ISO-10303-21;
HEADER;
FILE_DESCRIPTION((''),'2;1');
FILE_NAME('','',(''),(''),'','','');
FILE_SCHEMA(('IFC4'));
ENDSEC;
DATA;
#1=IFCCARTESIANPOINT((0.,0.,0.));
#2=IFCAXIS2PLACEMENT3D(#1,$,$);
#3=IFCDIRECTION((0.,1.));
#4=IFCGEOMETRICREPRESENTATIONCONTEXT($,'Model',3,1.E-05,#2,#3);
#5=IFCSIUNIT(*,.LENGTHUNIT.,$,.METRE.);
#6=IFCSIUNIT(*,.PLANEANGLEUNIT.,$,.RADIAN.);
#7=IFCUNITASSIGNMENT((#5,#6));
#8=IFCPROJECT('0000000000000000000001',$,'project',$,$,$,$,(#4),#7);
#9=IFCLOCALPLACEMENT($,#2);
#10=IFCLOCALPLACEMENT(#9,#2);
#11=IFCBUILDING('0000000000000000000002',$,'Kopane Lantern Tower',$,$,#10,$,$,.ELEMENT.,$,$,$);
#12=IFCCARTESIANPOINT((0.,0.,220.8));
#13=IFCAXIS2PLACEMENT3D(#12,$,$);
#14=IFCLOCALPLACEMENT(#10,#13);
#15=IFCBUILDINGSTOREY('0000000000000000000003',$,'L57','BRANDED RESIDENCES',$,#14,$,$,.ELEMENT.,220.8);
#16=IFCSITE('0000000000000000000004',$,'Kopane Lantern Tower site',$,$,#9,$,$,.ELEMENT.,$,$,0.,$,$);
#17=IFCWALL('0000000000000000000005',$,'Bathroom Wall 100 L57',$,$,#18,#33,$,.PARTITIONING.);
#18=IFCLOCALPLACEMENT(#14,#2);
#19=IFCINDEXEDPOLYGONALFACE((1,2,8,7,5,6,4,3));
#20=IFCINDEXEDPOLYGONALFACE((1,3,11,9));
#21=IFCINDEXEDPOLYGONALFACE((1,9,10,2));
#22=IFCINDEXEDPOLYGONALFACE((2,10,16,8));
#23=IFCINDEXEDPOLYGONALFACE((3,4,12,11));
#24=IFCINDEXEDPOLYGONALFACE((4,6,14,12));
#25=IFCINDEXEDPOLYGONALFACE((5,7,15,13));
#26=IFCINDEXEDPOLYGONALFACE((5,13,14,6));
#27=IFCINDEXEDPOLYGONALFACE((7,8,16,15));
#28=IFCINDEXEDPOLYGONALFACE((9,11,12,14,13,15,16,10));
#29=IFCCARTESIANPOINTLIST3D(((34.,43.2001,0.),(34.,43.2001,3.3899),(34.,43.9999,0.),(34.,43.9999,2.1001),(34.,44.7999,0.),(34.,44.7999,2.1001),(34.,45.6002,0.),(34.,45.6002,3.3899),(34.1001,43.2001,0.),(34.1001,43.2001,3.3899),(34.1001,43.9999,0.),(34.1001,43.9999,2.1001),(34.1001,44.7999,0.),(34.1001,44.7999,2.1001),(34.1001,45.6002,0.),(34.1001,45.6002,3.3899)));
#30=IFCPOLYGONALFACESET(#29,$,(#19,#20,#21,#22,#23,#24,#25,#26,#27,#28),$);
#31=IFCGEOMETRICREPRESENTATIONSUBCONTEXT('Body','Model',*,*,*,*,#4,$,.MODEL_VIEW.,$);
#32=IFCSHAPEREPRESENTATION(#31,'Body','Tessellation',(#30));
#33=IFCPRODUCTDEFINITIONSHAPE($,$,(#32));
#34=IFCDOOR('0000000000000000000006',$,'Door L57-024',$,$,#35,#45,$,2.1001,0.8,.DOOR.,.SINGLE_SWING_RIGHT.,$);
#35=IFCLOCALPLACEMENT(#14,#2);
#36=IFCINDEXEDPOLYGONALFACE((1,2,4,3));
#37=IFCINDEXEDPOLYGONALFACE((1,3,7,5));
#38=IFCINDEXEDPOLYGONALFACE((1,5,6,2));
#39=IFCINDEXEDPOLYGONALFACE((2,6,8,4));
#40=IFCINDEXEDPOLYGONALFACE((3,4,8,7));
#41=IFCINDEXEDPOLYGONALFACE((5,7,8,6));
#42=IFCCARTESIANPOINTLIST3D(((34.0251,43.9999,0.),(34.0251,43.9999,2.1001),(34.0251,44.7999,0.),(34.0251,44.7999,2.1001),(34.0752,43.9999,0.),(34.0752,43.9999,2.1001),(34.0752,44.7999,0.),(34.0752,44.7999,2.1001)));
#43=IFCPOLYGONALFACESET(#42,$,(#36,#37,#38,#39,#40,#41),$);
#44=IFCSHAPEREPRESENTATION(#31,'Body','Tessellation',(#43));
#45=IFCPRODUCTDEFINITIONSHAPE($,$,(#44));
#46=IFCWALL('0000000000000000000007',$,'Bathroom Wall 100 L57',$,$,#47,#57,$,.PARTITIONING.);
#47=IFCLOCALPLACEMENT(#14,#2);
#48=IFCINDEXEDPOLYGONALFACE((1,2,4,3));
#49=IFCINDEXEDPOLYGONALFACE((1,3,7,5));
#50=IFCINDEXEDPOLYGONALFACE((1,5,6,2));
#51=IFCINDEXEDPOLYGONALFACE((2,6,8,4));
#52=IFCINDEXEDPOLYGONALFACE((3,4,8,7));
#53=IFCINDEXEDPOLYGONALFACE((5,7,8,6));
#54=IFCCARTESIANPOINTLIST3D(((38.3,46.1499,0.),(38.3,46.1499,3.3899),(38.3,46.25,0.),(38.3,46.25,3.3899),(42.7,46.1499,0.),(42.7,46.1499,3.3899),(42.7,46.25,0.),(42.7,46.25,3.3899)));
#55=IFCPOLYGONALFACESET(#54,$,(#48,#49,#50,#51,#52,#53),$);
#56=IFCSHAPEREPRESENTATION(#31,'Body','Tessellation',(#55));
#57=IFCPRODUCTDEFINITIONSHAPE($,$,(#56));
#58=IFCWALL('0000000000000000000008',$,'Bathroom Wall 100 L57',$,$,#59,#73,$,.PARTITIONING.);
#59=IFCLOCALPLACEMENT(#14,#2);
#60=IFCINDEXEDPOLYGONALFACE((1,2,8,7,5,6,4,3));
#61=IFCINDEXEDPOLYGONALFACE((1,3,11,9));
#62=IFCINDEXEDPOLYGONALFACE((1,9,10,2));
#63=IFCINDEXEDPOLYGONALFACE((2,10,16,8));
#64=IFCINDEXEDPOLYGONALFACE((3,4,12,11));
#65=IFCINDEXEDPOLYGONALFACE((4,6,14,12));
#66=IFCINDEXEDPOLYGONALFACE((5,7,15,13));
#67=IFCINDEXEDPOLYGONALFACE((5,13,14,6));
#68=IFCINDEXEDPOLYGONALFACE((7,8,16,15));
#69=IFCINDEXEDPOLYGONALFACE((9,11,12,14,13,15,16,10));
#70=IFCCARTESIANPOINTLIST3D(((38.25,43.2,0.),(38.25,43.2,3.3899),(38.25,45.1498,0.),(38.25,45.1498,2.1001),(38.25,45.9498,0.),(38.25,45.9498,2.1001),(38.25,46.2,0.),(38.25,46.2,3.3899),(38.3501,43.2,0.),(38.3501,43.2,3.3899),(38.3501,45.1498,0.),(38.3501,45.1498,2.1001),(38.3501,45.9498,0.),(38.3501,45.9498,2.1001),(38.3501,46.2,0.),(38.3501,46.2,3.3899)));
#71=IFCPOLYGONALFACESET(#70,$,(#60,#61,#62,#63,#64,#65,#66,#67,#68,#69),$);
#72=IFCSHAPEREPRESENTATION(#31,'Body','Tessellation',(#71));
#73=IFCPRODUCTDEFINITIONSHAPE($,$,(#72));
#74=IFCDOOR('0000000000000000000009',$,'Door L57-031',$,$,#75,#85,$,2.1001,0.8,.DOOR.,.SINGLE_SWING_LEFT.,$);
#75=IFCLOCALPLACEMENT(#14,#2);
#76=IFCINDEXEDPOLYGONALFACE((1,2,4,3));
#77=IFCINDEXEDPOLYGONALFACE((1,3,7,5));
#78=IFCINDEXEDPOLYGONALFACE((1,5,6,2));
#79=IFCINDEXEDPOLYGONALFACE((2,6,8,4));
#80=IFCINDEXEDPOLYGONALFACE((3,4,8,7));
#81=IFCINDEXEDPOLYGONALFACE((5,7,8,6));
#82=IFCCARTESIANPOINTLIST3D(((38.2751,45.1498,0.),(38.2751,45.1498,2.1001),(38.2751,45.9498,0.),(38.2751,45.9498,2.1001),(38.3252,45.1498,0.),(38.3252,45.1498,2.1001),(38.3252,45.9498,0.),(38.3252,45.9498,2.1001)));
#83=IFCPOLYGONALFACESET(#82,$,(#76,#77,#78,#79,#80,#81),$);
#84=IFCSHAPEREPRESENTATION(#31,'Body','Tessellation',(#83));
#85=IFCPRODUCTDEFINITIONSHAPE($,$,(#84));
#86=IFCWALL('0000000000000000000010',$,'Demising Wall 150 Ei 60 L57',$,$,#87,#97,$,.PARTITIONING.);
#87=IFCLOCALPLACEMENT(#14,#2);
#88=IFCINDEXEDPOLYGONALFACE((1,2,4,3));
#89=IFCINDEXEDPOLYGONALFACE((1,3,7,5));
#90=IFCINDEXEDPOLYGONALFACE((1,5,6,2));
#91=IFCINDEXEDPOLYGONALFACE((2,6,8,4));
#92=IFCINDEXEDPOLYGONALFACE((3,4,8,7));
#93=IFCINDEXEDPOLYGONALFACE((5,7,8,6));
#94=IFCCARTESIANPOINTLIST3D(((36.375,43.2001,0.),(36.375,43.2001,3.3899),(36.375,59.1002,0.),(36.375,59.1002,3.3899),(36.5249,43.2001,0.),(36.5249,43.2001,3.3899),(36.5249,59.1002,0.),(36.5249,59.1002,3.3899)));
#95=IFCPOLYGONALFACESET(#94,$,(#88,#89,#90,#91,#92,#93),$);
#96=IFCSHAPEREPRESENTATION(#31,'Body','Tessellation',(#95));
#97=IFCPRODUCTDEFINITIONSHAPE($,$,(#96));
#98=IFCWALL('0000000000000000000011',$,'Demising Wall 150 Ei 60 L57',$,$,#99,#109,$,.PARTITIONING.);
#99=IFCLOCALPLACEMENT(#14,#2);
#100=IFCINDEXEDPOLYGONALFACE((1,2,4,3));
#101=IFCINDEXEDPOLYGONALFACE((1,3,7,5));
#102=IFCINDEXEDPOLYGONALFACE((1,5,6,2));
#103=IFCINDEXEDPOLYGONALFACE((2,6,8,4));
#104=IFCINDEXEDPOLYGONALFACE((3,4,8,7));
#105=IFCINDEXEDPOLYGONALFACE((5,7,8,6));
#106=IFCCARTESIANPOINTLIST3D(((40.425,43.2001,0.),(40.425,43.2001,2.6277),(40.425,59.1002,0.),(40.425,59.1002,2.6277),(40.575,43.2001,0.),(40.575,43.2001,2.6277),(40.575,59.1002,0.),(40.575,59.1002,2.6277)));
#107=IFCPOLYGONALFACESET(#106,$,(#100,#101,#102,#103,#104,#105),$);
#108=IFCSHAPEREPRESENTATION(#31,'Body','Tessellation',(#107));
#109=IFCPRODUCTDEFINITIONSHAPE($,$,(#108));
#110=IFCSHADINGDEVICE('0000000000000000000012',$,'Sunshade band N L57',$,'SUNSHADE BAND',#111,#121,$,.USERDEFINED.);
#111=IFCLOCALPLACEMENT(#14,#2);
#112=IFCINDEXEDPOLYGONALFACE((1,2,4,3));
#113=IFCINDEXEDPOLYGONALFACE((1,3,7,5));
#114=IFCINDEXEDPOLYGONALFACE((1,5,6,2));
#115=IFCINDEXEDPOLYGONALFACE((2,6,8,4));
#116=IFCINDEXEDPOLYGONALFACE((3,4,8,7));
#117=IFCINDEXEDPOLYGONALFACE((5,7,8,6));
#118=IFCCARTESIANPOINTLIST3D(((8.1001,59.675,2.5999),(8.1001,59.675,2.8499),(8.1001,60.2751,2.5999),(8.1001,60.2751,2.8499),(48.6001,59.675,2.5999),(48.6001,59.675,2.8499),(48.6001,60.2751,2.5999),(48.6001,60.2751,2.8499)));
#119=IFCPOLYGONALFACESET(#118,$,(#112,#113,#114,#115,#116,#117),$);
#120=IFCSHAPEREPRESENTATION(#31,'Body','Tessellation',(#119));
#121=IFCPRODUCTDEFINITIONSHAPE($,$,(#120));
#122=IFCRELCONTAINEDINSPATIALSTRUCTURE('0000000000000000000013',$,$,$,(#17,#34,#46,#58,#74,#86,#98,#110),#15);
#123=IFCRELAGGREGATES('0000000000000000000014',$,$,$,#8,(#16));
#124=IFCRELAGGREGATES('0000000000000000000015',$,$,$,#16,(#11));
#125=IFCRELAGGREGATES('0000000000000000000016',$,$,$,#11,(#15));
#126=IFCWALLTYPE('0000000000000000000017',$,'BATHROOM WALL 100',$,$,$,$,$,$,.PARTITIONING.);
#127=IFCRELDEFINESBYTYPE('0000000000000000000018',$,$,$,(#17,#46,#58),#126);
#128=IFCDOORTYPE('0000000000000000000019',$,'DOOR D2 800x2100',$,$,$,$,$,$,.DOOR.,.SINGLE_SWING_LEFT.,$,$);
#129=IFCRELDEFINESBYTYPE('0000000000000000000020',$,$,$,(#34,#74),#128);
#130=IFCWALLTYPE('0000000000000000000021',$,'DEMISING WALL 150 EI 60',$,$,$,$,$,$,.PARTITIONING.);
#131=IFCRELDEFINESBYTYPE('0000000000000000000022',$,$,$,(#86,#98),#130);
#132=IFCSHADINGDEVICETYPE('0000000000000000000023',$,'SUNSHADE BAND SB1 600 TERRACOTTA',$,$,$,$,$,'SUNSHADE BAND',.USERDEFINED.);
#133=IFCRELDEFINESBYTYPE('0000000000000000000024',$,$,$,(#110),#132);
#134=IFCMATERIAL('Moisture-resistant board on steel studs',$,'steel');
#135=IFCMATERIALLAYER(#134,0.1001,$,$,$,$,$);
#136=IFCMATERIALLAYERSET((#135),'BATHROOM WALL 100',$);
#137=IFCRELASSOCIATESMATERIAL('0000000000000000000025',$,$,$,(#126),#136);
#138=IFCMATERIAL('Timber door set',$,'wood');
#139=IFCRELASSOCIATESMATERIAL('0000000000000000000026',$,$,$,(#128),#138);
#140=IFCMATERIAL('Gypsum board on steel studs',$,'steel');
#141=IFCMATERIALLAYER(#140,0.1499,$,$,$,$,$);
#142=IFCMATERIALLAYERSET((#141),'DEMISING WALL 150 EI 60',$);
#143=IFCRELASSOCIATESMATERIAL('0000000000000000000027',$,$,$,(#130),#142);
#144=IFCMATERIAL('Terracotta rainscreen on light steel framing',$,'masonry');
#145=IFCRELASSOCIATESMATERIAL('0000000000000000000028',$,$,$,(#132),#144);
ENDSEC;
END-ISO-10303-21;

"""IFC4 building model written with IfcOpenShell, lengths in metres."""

from ifc_helpers import new_model, si_unit, direction, frame, frame_2d, origin, origin_2d, place, context, subcontext, project, spatial, rectangle, extrude, material, layer, layer_set, type_object, element, fill, save


model = new_model("IFC4")

# Units and contexts
model_context = context("Model", 3, precision=1e-05, world=origin(), true_north=direction((0.0, 1.0)))
body_context = subcontext(model_context, "Body", "Model", "MODEL_VIEW")
ifc_project = project(units=[si_unit("LENGTHUNIT", "METRE"), si_unit("PLANEANGLEUNIT", "RADIAN")], contexts=[model_context])

# Site, building, storey
site_placement = place(None, origin())
site = spatial("IfcSite", under=ifc_project, at=site_placement, Name="Kopane Lantern Tower site", CompositionType="ELEMENT", RefElevation=0.0)
building_placement = place(site_placement, origin())
building = spatial("IfcBuilding", under=site, at=building_placement, Name="Kopane Lantern Tower", CompositionType="ELEMENT")
storey_placement = place(building_placement, frame((0.0, 0.0, 220.8)))
storey = spatial("IfcBuildingStorey", under=building, at=storey_placement, Name="L57", Description="BRANDED RESIDENCES", CompositionType="ELEMENT", Elevation=220.8)

# Wall, opening, door
ifc_material_1 = material(Name="Moisture-resistant board on steel studs", Category="steel")
ifc_layer_1 = layer(ifc_material_1, 0.1001)
ifc_layer_set_1 = layer_set([ifc_layer_1], Name="BATHROOM WALL 100")
wall_type_1 = type_object("IfcWallType", Name="BATHROOM WALL 100", PredefinedType="PARTITIONING", material=ifc_layer_set_1)
wall_1_placement = place(storey_placement, frame((34.05, 43.2, 0.0), z_axis=(0.0, 0.0, 1.0), x_axis=(0.0, 1.0, 0.0)))
wall_1 = element("IfcWall", 1, at=wall_1_placement, inside=storey, type_object=wall_type_1, Name="Bathroom Wall 100 L57", PredefinedType="PARTITIONING", context=body_context, shape_type="SweptSolid", body=[
    extrude(rectangle(XDim=2.4001, YDim=0.1001, at=frame_2d((1.2002, 0.0))), origin(), (0.0, 0.0, 1.0), 3.3899),
])
opening_1_placement = place(wall_1_placement, frame((0.8, 0.0, 0.0)))
opening_1 = element("IfcOpeningElement", 2, at=opening_1_placement, cuts=wall_1, PredefinedType="OPENING", context=body_context, shape_type="SweptSolid", body=[
    extrude(rectangle(XDim=0.8, YDim=2.1001, at=frame_2d((0.3999, 1.05))), frame((0.0, 0.0601, 0.0), z_axis=(0.0, -1.0, 0.0), x_axis=(1.0, 0.0, 0.0)), (0.0, 0.0, 1.0), 0.1201),
])
ifc_material_2 = material(Name="Timber door set", Category="wood")
door_type_1 = type_object("IfcDoorType", Name="DOOR D2 800x2100", OperationType="SINGLE_SWING_LEFT", PredefinedType="DOOR", material=ifc_material_2)
door_1_placement = place(opening_1_placement, origin())
door_1 = element("IfcDoor", 3, at=door_1_placement, inside=storey, type_object=door_type_1, Name="Door L57-024", OperationType="SINGLE_SWING_RIGHT", OverallHeight=2.1001, OverallWidth=0.8, PredefinedType="DOOR", context=body_context, shape_type="SweptSolid", body=[
    extrude(rectangle(XDim=0.8, YDim=2.1001, at=frame_2d((0.3999, 1.05))), frame((0.0, 0.0249, 0.0), z_axis=(0.0, -1.0, 0.0), x_axis=(1.0, 0.0, 0.0)), (0.0, 0.0, 1.0), 0.05),
])
fill(opening_1, door_1)

# Wall
wall_2_placement = place(storey_placement, frame((38.3, 46.2, 0.0), z_axis=(0.0, 0.0, 1.0), x_axis=(1.0, 0.0, 0.0)))
element("IfcWall", 4, at=wall_2_placement, inside=storey, type_object=wall_type_1, Name="Bathroom Wall 100 L57", PredefinedType="PARTITIONING", context=body_context, shape_type="SweptSolid", body=[
    extrude(rectangle(XDim=4.3999, YDim=0.1001, at=frame_2d((2.2, 0.0))), origin(), (0.0, 0.0, 1.0), 3.3899),
])

# Wall, opening, door
wall_3_placement = place(storey_placement, frame((38.3, 43.2, 0.0), z_axis=(0.0, 0.0, 1.0), x_axis=(0.0, 1.0, 0.0)))
wall_3 = element("IfcWall", 5, at=wall_3_placement, inside=storey, type_object=wall_type_1, Name="Bathroom Wall 100 L57", PredefinedType="PARTITIONING", context=body_context, shape_type="SweptSolid", body=[
    extrude(rectangle(XDim=3.0, YDim=0.1001, at=frame_2d((1.5, 0.0))), origin(), (0.0, 0.0, 1.0), 3.3899),
])
opening_2_placement = place(wall_3_placement, frame((1.95, 0.0, 0.0)))
opening_2 = element("IfcOpeningElement", 6, at=opening_2_placement, cuts=wall_3, PredefinedType="OPENING", context=body_context, shape_type="SweptSolid", body=[
    extrude(rectangle(XDim=0.8, YDim=2.1001, at=frame_2d((0.3999, 1.05))), frame((0.0, 0.0601, 0.0), z_axis=(0.0, -1.0, 0.0), x_axis=(1.0, 0.0, 0.0)), (0.0, 0.0, 1.0), 0.1201),
])
door_2_placement = place(opening_2_placement, origin())
door_2 = element("IfcDoor", 7, at=door_2_placement, inside=storey, type_object=door_type_1, Name="Door L57-031", OperationType="SINGLE_SWING_LEFT", OverallHeight=2.1001, OverallWidth=0.8, PredefinedType="DOOR", context=body_context, shape_type="SweptSolid", body=[
    extrude(rectangle(XDim=0.8, YDim=2.1001, at=frame_2d((0.3999, 1.05))), frame((0.0, 0.0249, 0.0), z_axis=(0.0, -1.0, 0.0), x_axis=(1.0, 0.0, 0.0)), (0.0, 0.0, 1.0), 0.05),
])
fill(opening_2, door_2)

# Walls
ifc_material_3 = material(Name="Gypsum board on steel studs", Category="steel")
ifc_layer_2 = layer(ifc_material_3, 0.1499)
ifc_layer_set_2 = layer_set([ifc_layer_2], Name="DEMISING WALL 150 EI 60")
wall_type_2 = type_object("IfcWallType", Name="DEMISING WALL 150 EI 60", PredefinedType="PARTITIONING", material=ifc_layer_set_2)
wall_4_placement = place(storey_placement, frame((36.45, 43.2, 0.0), z_axis=(0.0, 0.0, 1.0), x_axis=(0.0, 1.0, 0.0)))
element("IfcWall", 8, at=wall_4_placement, inside=storey, type_object=wall_type_2, Name="Demising Wall 150 Ei 60 L57", PredefinedType="PARTITIONING", context=body_context, shape_type="SweptSolid", body=[
    extrude(rectangle(XDim=15.9001, YDim=0.1499, at=frame_2d((7.9502, 0.0))), origin(), (0.0, 0.0, 1.0), 3.3899),
])
wall_5_placement = place(storey_placement, frame((40.5, 43.2, 0.0), z_axis=(0.0, 0.0, 1.0), x_axis=(0.0, 1.0, 0.0)))
element("IfcWall", 9, at=wall_5_placement, inside=storey, type_object=wall_type_2, Name="Demising Wall 150 Ei 60 L57", PredefinedType="PARTITIONING", context=body_context, shape_type="SweptSolid", body=[
    extrude(rectangle(XDim=15.9001, YDim=0.1499, at=frame_2d((7.9502, 0.0))), origin(), (0.0, 0.0, 1.0), 2.6277),
])

# Shading device
ifc_material_4 = material(Name="Terracotta rainscreen on light steel framing", Category="masonry")
shading_device_type = type_object("IfcShadingDeviceType", Name="SUNSHADE BAND SB1 600 TERRACOTTA", ElementType="SUNSHADE BAND", PredefinedType="USERDEFINED", material=ifc_material_4)
shading_device_placement = place(storey_placement, frame((28.3501, 59.9751, 2.5999), z_axis=(0.0, 0.0, 1.0), x_axis=(-1.0, 0.0, 0.0)))
element("IfcShadingDevice", 10, at=shading_device_placement, inside=storey, type_object=shading_device_type, Name="Sunshade band N L57", ObjectType="SUNSHADE BAND", PredefinedType="USERDEFINED", context=body_context, shape_type="SweptSolid", body=[
    extrude(rectangle(XDim=40.5, YDim=0.6001, at=origin_2d()), origin(), (0.0, 0.0, 1.0), 0.25),
])

save(model, "model.ifc")
